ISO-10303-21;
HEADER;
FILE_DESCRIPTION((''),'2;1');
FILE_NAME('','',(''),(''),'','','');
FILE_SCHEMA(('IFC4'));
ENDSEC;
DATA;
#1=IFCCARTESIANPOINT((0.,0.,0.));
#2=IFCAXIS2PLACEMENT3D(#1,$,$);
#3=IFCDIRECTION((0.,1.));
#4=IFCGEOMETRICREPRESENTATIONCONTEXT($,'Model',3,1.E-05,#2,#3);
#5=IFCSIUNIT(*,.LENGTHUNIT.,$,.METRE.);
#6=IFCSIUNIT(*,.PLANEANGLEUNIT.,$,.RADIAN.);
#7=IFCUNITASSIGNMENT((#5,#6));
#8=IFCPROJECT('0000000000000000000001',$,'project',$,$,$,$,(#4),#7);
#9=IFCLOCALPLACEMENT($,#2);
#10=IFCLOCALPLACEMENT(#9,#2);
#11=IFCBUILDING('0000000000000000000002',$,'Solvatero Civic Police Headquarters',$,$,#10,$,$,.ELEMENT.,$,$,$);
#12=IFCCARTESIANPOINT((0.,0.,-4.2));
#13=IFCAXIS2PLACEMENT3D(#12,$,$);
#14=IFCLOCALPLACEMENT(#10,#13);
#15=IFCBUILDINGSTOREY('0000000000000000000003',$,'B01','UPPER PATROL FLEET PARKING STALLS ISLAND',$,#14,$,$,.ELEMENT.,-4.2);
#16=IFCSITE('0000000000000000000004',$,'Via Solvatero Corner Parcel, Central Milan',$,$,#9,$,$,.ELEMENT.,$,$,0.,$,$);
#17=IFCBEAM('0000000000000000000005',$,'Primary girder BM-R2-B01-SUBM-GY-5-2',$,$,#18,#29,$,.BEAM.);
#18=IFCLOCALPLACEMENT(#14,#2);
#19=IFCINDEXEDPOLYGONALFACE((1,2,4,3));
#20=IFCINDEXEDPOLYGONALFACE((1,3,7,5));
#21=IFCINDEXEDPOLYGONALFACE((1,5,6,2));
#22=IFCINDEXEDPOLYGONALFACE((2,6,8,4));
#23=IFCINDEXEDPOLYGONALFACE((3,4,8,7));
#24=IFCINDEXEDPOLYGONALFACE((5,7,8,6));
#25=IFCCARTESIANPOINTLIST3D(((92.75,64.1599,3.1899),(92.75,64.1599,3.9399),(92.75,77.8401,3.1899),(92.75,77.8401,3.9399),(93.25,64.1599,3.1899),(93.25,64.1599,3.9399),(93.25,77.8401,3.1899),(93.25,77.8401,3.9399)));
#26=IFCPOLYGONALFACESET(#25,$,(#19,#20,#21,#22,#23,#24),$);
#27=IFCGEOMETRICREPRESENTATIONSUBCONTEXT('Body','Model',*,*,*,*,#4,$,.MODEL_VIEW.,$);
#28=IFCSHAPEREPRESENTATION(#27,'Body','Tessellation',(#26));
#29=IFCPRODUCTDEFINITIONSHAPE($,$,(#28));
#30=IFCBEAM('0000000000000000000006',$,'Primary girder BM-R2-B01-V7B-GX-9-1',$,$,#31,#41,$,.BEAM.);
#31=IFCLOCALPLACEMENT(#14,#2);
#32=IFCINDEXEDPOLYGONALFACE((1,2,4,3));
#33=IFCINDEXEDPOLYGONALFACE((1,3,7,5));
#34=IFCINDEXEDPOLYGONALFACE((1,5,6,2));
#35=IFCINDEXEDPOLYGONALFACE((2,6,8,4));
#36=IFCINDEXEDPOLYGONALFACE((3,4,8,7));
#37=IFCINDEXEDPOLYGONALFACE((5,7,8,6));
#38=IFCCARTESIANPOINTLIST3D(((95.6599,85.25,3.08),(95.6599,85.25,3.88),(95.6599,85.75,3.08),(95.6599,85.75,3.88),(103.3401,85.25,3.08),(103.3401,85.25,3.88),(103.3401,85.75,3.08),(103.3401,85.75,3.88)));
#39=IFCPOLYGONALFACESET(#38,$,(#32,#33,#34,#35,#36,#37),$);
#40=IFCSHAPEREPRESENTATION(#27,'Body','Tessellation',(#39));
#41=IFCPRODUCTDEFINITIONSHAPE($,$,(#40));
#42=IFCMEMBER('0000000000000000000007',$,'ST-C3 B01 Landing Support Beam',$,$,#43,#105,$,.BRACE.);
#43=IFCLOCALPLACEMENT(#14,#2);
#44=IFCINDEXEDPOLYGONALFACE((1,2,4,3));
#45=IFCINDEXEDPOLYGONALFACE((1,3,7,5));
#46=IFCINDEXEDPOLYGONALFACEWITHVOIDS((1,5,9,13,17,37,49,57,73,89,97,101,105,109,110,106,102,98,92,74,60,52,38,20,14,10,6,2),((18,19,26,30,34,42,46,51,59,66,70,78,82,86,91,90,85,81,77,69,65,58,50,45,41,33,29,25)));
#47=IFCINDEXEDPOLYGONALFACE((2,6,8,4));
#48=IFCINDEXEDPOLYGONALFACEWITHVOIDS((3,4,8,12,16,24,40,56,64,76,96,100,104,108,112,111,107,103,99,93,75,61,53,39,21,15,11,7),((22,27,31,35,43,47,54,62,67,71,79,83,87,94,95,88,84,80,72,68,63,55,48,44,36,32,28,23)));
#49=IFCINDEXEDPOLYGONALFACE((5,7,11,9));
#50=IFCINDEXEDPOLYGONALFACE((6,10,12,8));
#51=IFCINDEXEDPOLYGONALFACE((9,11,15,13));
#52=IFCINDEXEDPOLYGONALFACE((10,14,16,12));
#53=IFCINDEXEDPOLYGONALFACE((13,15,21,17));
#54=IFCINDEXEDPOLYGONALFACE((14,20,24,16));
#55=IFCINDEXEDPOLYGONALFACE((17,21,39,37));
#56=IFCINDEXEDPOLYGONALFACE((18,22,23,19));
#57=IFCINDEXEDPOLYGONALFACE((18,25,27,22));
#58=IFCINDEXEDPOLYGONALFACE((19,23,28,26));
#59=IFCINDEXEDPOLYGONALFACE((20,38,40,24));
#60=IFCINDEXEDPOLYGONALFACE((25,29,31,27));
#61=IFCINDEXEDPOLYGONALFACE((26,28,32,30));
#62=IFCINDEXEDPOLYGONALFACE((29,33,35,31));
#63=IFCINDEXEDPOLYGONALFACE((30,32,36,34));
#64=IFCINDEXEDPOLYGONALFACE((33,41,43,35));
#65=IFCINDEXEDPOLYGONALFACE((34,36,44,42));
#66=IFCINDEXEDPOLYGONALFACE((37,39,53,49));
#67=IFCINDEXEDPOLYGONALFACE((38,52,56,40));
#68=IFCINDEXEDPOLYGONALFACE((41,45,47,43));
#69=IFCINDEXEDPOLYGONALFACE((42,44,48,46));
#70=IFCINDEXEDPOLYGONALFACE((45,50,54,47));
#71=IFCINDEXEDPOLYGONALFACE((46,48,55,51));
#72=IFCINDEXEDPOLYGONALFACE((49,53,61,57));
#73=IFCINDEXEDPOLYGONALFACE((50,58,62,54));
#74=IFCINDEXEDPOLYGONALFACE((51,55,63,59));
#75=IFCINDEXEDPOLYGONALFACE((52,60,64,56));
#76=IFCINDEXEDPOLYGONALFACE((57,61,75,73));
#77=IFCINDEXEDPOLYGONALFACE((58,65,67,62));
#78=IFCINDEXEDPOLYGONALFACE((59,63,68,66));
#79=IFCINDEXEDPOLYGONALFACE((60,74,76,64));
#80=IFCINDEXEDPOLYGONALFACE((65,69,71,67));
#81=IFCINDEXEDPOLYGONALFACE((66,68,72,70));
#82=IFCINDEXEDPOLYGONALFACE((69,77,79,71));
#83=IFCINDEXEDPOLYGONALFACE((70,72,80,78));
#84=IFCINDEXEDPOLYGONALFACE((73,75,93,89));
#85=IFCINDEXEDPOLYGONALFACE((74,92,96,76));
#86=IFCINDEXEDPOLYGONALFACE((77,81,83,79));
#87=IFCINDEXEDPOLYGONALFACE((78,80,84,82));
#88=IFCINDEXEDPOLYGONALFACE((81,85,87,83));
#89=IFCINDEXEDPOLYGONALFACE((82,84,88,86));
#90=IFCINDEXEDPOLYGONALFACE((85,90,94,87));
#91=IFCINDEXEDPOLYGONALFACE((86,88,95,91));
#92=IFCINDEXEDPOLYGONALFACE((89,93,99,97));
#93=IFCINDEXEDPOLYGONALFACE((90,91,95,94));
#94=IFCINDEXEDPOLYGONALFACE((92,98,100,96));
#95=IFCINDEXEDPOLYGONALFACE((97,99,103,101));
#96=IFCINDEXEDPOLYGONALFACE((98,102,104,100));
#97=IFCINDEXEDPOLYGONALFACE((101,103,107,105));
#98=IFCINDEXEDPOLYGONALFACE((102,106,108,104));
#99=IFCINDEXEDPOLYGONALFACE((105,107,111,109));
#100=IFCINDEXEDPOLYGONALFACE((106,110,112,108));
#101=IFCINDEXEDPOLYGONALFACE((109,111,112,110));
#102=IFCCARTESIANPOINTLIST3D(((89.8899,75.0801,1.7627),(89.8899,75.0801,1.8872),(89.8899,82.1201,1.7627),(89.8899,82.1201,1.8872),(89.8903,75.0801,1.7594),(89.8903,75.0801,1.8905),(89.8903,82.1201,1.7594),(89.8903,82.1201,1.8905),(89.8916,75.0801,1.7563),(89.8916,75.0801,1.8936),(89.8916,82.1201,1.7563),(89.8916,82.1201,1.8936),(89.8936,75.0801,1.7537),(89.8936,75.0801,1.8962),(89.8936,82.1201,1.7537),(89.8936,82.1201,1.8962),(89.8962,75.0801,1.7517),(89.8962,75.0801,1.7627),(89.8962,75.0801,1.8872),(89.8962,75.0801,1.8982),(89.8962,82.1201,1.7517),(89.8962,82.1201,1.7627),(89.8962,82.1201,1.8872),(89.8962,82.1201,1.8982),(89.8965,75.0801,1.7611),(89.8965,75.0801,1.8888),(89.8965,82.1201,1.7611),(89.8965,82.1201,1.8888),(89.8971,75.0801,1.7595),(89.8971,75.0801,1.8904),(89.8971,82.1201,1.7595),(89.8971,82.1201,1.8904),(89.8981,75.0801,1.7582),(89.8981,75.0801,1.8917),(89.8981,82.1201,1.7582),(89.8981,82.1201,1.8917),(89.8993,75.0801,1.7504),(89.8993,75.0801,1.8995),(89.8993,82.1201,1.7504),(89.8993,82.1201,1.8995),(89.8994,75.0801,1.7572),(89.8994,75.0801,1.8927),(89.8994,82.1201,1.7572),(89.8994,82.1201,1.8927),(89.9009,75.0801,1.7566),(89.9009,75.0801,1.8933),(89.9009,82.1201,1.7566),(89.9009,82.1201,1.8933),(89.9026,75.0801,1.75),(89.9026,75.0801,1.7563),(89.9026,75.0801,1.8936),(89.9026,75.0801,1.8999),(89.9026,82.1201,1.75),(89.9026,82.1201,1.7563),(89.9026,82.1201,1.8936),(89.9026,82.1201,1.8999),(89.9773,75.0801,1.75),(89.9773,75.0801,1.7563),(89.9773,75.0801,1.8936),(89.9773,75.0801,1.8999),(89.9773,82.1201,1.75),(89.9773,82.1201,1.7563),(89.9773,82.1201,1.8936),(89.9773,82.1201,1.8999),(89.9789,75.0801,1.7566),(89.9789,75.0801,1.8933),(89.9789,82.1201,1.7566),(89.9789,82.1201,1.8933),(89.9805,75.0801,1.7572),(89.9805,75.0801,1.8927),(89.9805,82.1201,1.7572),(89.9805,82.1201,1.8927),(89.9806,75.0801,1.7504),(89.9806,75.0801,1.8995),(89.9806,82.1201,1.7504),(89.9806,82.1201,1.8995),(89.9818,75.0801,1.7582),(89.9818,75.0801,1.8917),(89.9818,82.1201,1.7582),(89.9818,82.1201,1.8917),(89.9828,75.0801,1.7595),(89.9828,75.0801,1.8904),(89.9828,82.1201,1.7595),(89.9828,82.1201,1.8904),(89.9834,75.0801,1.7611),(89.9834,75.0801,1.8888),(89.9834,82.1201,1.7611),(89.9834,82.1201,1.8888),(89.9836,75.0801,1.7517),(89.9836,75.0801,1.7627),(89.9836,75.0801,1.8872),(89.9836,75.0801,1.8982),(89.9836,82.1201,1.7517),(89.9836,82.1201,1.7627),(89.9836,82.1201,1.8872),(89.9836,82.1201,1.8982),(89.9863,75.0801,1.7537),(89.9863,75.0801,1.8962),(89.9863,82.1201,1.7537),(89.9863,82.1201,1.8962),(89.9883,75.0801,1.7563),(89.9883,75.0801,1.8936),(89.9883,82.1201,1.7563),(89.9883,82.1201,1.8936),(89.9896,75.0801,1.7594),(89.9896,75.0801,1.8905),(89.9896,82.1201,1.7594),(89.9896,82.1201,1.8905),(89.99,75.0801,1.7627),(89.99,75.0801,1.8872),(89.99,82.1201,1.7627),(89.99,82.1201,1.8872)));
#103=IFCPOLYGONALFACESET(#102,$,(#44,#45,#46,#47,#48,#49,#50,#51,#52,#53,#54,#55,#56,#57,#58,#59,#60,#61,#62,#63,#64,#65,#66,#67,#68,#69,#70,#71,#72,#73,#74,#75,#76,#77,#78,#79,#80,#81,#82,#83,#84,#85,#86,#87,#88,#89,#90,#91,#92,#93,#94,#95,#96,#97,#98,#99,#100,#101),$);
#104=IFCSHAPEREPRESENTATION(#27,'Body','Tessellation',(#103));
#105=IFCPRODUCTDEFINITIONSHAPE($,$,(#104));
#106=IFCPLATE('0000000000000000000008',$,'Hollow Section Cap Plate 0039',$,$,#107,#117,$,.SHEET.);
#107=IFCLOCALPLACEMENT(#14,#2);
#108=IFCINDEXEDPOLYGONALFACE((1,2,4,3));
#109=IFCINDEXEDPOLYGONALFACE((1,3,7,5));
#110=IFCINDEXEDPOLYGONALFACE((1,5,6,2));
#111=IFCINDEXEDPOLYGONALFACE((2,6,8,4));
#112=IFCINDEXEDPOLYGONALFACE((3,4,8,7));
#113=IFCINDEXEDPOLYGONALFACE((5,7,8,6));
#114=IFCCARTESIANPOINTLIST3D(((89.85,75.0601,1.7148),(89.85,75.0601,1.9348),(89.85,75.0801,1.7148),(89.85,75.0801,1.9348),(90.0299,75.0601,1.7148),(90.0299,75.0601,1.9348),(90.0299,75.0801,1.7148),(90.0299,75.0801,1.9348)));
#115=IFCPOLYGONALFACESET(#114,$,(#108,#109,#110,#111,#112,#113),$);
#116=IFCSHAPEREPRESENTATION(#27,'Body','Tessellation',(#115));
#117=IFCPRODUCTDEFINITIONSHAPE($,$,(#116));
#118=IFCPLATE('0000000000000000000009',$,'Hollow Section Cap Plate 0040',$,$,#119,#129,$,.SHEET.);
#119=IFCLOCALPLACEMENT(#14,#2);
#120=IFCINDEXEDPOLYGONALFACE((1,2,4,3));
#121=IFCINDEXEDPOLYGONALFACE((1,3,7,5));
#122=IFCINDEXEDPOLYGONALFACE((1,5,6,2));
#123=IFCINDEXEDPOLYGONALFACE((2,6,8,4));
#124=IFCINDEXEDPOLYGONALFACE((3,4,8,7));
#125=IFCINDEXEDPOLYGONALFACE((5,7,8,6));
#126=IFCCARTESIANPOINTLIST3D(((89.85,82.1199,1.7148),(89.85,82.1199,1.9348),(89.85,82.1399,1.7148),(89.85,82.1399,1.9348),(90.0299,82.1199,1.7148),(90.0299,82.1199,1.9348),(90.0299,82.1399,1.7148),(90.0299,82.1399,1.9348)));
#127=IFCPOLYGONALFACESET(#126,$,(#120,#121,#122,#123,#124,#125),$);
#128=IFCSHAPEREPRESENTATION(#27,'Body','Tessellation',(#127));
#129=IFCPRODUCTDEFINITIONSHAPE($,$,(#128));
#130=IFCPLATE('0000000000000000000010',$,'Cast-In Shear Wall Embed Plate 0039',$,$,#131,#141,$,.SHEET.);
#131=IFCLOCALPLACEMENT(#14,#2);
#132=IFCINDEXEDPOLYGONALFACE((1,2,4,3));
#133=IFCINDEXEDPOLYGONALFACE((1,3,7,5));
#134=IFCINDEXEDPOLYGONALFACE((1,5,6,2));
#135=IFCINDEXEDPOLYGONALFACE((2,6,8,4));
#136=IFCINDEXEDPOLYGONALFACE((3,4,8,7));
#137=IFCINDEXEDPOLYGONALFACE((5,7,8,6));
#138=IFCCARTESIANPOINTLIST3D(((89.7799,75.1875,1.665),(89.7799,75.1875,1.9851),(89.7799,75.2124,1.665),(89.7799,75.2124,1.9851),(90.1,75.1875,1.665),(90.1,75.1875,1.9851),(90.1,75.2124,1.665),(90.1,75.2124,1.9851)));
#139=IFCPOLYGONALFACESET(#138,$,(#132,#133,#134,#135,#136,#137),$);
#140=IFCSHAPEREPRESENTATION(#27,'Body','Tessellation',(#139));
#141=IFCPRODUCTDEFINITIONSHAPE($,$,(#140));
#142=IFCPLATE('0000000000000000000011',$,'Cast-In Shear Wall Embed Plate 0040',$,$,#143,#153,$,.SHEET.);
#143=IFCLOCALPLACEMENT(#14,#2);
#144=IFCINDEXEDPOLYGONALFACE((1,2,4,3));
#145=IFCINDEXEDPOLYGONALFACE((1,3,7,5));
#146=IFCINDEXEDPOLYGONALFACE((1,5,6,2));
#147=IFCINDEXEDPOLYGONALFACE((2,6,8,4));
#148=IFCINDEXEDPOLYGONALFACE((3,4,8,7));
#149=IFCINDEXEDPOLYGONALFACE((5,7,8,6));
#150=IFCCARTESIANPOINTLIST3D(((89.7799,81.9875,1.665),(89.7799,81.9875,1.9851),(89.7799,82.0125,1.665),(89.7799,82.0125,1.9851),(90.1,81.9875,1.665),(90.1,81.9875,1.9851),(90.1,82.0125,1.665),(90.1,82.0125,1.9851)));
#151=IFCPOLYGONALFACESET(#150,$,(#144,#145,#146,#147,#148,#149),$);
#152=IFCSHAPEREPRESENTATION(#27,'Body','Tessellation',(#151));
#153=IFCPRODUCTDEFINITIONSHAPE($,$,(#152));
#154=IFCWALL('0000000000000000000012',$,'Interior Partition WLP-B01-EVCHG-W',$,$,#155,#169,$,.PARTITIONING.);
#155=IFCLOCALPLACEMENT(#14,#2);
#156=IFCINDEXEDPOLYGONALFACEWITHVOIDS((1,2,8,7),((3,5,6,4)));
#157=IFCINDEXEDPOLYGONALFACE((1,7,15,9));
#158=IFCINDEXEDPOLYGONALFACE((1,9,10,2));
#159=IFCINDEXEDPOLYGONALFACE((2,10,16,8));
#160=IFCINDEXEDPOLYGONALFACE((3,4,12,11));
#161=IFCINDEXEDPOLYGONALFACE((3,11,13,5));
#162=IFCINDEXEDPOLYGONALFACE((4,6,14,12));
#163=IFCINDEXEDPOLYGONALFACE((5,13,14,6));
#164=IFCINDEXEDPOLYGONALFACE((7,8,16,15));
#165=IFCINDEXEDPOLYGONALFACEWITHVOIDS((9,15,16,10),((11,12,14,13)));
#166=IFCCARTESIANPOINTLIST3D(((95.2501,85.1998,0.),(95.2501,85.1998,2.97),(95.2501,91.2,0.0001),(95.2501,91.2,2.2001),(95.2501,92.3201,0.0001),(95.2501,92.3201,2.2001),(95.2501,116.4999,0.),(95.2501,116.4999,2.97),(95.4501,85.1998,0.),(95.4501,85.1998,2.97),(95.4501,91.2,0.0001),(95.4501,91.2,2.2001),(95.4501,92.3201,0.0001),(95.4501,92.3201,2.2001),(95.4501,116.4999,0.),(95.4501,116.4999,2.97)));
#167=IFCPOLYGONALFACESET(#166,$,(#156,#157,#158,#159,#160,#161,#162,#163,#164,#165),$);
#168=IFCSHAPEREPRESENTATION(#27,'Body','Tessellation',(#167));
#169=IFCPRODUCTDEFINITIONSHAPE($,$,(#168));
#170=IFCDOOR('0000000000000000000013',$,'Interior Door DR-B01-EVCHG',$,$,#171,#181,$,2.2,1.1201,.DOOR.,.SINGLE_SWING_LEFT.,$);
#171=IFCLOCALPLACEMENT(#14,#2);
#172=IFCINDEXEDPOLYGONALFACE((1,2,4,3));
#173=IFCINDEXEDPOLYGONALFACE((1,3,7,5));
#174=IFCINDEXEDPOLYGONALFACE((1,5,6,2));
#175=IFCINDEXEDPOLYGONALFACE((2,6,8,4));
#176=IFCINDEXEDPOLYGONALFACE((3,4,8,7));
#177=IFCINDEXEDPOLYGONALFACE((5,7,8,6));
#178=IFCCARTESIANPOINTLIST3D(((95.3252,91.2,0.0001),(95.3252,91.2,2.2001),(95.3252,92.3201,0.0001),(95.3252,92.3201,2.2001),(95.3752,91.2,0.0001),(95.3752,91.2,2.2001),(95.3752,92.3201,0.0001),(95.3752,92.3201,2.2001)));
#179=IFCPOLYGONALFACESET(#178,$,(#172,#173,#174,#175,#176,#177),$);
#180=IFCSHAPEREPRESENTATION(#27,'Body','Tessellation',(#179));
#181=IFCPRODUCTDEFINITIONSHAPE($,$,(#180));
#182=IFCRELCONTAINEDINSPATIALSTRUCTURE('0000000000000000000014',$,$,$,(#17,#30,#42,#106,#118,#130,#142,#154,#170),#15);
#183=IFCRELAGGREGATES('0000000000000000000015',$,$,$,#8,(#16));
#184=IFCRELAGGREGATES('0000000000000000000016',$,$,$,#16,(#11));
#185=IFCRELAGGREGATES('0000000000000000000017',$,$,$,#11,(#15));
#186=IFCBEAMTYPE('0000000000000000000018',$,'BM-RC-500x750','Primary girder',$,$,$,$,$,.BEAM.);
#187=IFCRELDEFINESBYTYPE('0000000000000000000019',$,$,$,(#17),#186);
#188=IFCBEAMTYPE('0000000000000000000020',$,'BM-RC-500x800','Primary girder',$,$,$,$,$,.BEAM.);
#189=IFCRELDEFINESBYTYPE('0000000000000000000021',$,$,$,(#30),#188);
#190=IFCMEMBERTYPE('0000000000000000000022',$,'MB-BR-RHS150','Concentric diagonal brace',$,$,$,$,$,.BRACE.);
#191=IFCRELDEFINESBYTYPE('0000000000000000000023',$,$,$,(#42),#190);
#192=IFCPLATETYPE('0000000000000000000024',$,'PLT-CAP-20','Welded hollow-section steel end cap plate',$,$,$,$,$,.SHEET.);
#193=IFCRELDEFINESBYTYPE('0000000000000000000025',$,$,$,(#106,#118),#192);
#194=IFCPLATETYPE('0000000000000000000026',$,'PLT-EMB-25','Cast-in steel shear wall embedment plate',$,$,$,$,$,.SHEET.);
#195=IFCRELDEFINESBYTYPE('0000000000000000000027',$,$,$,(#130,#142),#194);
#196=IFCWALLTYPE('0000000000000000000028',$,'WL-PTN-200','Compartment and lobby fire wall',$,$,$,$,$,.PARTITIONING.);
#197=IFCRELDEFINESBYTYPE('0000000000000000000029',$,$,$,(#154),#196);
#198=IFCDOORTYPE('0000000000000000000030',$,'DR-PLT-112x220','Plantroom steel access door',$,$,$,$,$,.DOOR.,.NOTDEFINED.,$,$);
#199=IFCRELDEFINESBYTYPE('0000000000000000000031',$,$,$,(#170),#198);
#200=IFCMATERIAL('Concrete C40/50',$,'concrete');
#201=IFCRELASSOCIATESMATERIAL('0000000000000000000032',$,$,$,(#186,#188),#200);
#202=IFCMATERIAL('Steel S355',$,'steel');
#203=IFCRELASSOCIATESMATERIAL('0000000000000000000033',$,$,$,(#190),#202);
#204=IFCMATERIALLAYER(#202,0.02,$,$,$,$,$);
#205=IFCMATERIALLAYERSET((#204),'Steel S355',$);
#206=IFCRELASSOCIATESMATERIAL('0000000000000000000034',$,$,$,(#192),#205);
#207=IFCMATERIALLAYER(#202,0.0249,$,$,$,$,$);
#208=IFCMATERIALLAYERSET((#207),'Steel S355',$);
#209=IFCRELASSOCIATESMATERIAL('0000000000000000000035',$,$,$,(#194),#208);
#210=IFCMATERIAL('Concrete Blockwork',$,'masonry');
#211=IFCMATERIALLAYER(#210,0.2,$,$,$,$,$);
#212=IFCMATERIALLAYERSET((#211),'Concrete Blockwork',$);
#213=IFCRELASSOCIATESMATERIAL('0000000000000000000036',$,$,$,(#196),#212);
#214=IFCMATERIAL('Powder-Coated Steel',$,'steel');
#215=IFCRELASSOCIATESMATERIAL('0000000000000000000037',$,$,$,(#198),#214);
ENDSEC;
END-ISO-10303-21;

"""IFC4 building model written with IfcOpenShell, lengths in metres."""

from ifc_helpers import new_model, si_unit, direction, frame, frame_2d, origin, origin_2d, place, context, subcontext, project, spatial, rectangle, hollow_rectangle, extrude, material, layer, layer_set, material_profile, profile_set, type_object, element, fill, save


model = new_model("IFC4")

# Units and contexts
model_context = context("Model", 3, precision=1e-05, world=origin(), true_north=direction((0.0, 1.0)))
body_context = subcontext(model_context, "Body", "Model", "MODEL_VIEW")
ifc_project = project(units=[si_unit("LENGTHUNIT", "METRE"), si_unit("PLANEANGLEUNIT", "RADIAN")], contexts=[model_context])

# Site, building, storey
site_placement = place(None, origin())
site = spatial("IfcSite", under=ifc_project, at=site_placement, Name="Via Solvatero Corner Parcel, Central Milan", CompositionType="ELEMENT", RefElevation=0.0)
building_placement = place(site_placement, origin())
building = spatial("IfcBuilding", under=site, at=building_placement, Name="Solvatero Civic Police Headquarters", CompositionType="ELEMENT")
storey_placement = place(building_placement, frame((0.0, 0.0, -4.2)))
storey = spatial("IfcBuildingStorey", under=building, at=storey_placement, Name="B01", Description="UPPER PATROL FLEET PARKING STALLS ISLAND", CompositionType="ELEMENT", Elevation=-4.2)

# Shared definitions
ifc_material_1 = material(Name="Concrete C40/50", Category="concrete")

# Beams
ifc_material_profile_1 = material_profile(ifc_material_1, rectangle(XDim=0.5, YDim=0.75, at=origin_2d()), Name="RC 500x750")
ifc_profile_set_1 = profile_set([ifc_material_profile_1], Name="Concrete C40/50")
beam_type_1 = type_object("IfcBeamType", Name="BM-RC-500x750", Description="Primary girder", PredefinedType="BEAM", material=ifc_profile_set_1)
beam_1_placement = place(storey_placement, frame((93.0, 64.1599, 3.5649), z_axis=(0.0, 1.0, 0.0), x_axis=(-1.0, 0.0, 0.0)))
element("IfcBeam", 1, at=beam_1_placement, inside=storey, type_object=beam_type_1, Name="Primary girder BM-R2-B01-SUBM-GY-5-2", PredefinedType="BEAM", context=body_context, shape_type="SweptSolid", body=[
    extrude(rectangle(XDim=0.5, YDim=0.75, at=origin_2d()), origin(), (0.0, 0.0, 1.0), 13.6802),
])
ifc_material_profile_2 = material_profile(ifc_material_1, rectangle(XDim=0.5, YDim=0.8, at=origin_2d()), Name="RC 500x800")
ifc_profile_set_2 = profile_set([ifc_material_profile_2], Name="Concrete C40/50")
beam_type_2 = type_object("IfcBeamType", Name="BM-RC-500x800", Description="Primary girder", PredefinedType="BEAM", material=ifc_profile_set_2)
beam_2_placement = place(storey_placement, frame((95.6599, 85.5, 3.48), z_axis=(1.0, 0.0, 0.0), x_axis=(0.0, 1.0, 0.0)))
element("IfcBeam", 2, at=beam_2_placement, inside=storey, type_object=beam_type_2, Name="Primary girder BM-R2-B01-V7B-GX-9-1", PredefinedType="BEAM", context=body_context, shape_type="SweptSolid", body=[
    extrude(rectangle(XDim=0.5, YDim=0.8, at=origin_2d()), origin(), (0.0, 0.0, 1.0), 7.6802),
])

# Member
ifc_material_2 = material(Name="Steel S355", Category="steel")
ifc_material_profile_3 = material_profile(ifc_material_2, hollow_rectangle(XDim=0.1001, YDim=0.1499, WallThickness=0.0063, InnerFilletRadius=0.0063, OuterFilletRadius=0.0127, at=origin_2d()), Name="RHS 150x100x6.3")
ifc_profile_set_3 = profile_set([ifc_material_profile_3], Name="Steel S355")
member_type = type_object("IfcMemberType", Name="MB-BR-RHS150", Description="Concentric diagonal brace", PredefinedType="BRACE", material=ifc_profile_set_3)
member_placement = place(storey_placement, frame((89.9399, 75.0801, 1.825), z_axis=(0.0, 1.0, 0.0), x_axis=(-1.0, 0.0, 0.0)))
element("IfcMember", 3, at=member_placement, inside=storey, type_object=member_type, Name="ST-C3 B01 Landing Support Beam", PredefinedType="BRACE", context=body_context, shape_type="SweptSolid", body=[
    extrude(hollow_rectangle(XDim=0.1001, YDim=0.1499, WallThickness=0.0063, InnerFilletRadius=0.0063, OuterFilletRadius=0.0127, at=origin_2d()), origin(), (0.0, 0.0, 1.0), 7.04),
])

# Plates
ifc_layer_1 = layer(ifc_material_2, 0.02)
ifc_layer_set_1 = layer_set([ifc_layer_1], Name="Steel S355")
plate_type_1 = type_object("IfcPlateType", Name="PLT-CAP-20", Description="Welded hollow-section steel end cap plate", PredefinedType="SHEET", material=ifc_layer_set_1)
for number, where, z_axis, x_axis, name in (
    (4, (89.9399, 75.0701, 1.7148), (0.0, 0.0, 1.0), (1.0, 0.0, 0.0), "Hollow Section Cap Plate 0039"),
    (5, (89.9399, 82.1299, 1.7148), (0.0, 0.0, 1.0), (1.0, 0.0, 0.0), "Hollow Section Cap Plate 0040"),
):
    element("IfcPlate", number, at=place(storey_placement, frame(where, z_axis=z_axis, x_axis=x_axis)), inside=storey, type_object=plate_type_1, Name=name, PredefinedType="SHEET", context=body_context, shape_type="SweptSolid", body=[
        extrude(rectangle(XDim=0.1799, YDim=0.02, at=origin_2d()), origin(), (0.0, 0.0, 1.0), 0.22),
    ])
ifc_layer_2 = layer(ifc_material_2, 0.0249)
ifc_layer_set_2 = layer_set([ifc_layer_2], Name="Steel S355")
plate_type_2 = type_object("IfcPlateType", Name="PLT-EMB-25", Description="Cast-in steel shear wall embedment plate", PredefinedType="SHEET", material=ifc_layer_set_2)
for number, where, z_axis, x_axis, name in (
    (6, (89.9399, 75.2, 1.665), (0.0, 0.0, 1.0), (1.0, 0.0, 0.0), "Cast-In Shear Wall Embed Plate 0039"),
    (7, (89.9399, 82.0, 1.665), (0.0, 0.0, 1.0), (1.0, 0.0, 0.0), "Cast-In Shear Wall Embed Plate 0040"),
):
    element("IfcPlate", number, at=place(storey_placement, frame(where, z_axis=z_axis, x_axis=x_axis)), inside=storey, type_object=plate_type_2, Name=name, PredefinedType="SHEET", context=body_context, shape_type="SweptSolid", body=[
        extrude(rectangle(XDim=0.3201, YDim=0.0249, at=origin_2d()), origin(), (0.0, 0.0, 1.0), 0.3201),
    ])

# Wall, opening, door
ifc_material_3 = material(Name="Concrete Blockwork", Category="masonry")
ifc_layer_3 = layer(ifc_material_3, 0.2)
ifc_layer_set_3 = layer_set([ifc_layer_3], Name="Concrete Blockwork")
wall_type_1 = type_object("IfcWallType", Name="WL-PTN-200", Description="Compartment and lobby fire wall", PredefinedType="PARTITIONING", material=ifc_layer_set_3)
wall_1_placement = place(storey_placement, frame((95.3501, 85.2, 0.0), z_axis=(0.0, 0.0, 1.0), x_axis=(0.0, 1.0, 0.0)))
wall_1 = element("IfcWall", 8, at=wall_1_placement, inside=storey, type_object=wall_type_1, Name="Interior Partition WLP-B01-EVCHG-W", PredefinedType="PARTITIONING", context=body_context, shape_type="SweptSolid", body=[
    extrude(rectangle(XDim=31.3, YDim=0.2, at=frame_2d((15.6499, 0.0))), origin(), (0.0, 0.0, 1.0), 2.97),
])
opening_1_placement = place(wall_1_placement, frame((6.0, 0.0, 0.0)))
opening_1 = element("IfcOpeningElement", 9, at=opening_1_placement, cuts=wall_1, PredefinedType="OPENING", context=body_context, shape_type="SweptSolid", body=[
    extrude(rectangle(XDim=1.1201, YDim=2.2, at=frame_2d((0.5601, 1.1001))), frame((0.0, 0.1099, 0.0), z_axis=(0.0, -1.0, 0.0), x_axis=(1.0, 0.0, 0.0)), (0.0, 0.0, 1.0), 0.22),
])
ifc_material_4 = material(Name="Powder-Coated Steel", Category="steel")
door_type_1 = type_object("IfcDoorType", Name="DR-PLT-112x220", Description="Plantroom steel access door", OperationType="NOTDEFINED", PredefinedType="DOOR", material=ifc_material_4)
door_1_placement = place(opening_1_placement, origin())
door_1 = element("IfcDoor", 10, at=door_1_placement, inside=storey, type_object=door_type_1, Name="Interior Door DR-B01-EVCHG", OperationType="SINGLE_SWING_LEFT", OverallHeight=2.2, OverallWidth=1.1201, PredefinedType="DOOR", context=body_context, shape_type="SweptSolid", body=[
    extrude(rectangle(XDim=1.1201, YDim=2.2, at=frame_2d((0.5601, 1.1001))), frame((0.0, 0.0249, 0.0), z_axis=(0.0, -1.0, 0.0), x_axis=(1.0, 0.0, 0.0)), (0.0, 0.0, 1.0), 0.05),
])
fill(opening_1, door_1)

save(model, "model.ifc")
